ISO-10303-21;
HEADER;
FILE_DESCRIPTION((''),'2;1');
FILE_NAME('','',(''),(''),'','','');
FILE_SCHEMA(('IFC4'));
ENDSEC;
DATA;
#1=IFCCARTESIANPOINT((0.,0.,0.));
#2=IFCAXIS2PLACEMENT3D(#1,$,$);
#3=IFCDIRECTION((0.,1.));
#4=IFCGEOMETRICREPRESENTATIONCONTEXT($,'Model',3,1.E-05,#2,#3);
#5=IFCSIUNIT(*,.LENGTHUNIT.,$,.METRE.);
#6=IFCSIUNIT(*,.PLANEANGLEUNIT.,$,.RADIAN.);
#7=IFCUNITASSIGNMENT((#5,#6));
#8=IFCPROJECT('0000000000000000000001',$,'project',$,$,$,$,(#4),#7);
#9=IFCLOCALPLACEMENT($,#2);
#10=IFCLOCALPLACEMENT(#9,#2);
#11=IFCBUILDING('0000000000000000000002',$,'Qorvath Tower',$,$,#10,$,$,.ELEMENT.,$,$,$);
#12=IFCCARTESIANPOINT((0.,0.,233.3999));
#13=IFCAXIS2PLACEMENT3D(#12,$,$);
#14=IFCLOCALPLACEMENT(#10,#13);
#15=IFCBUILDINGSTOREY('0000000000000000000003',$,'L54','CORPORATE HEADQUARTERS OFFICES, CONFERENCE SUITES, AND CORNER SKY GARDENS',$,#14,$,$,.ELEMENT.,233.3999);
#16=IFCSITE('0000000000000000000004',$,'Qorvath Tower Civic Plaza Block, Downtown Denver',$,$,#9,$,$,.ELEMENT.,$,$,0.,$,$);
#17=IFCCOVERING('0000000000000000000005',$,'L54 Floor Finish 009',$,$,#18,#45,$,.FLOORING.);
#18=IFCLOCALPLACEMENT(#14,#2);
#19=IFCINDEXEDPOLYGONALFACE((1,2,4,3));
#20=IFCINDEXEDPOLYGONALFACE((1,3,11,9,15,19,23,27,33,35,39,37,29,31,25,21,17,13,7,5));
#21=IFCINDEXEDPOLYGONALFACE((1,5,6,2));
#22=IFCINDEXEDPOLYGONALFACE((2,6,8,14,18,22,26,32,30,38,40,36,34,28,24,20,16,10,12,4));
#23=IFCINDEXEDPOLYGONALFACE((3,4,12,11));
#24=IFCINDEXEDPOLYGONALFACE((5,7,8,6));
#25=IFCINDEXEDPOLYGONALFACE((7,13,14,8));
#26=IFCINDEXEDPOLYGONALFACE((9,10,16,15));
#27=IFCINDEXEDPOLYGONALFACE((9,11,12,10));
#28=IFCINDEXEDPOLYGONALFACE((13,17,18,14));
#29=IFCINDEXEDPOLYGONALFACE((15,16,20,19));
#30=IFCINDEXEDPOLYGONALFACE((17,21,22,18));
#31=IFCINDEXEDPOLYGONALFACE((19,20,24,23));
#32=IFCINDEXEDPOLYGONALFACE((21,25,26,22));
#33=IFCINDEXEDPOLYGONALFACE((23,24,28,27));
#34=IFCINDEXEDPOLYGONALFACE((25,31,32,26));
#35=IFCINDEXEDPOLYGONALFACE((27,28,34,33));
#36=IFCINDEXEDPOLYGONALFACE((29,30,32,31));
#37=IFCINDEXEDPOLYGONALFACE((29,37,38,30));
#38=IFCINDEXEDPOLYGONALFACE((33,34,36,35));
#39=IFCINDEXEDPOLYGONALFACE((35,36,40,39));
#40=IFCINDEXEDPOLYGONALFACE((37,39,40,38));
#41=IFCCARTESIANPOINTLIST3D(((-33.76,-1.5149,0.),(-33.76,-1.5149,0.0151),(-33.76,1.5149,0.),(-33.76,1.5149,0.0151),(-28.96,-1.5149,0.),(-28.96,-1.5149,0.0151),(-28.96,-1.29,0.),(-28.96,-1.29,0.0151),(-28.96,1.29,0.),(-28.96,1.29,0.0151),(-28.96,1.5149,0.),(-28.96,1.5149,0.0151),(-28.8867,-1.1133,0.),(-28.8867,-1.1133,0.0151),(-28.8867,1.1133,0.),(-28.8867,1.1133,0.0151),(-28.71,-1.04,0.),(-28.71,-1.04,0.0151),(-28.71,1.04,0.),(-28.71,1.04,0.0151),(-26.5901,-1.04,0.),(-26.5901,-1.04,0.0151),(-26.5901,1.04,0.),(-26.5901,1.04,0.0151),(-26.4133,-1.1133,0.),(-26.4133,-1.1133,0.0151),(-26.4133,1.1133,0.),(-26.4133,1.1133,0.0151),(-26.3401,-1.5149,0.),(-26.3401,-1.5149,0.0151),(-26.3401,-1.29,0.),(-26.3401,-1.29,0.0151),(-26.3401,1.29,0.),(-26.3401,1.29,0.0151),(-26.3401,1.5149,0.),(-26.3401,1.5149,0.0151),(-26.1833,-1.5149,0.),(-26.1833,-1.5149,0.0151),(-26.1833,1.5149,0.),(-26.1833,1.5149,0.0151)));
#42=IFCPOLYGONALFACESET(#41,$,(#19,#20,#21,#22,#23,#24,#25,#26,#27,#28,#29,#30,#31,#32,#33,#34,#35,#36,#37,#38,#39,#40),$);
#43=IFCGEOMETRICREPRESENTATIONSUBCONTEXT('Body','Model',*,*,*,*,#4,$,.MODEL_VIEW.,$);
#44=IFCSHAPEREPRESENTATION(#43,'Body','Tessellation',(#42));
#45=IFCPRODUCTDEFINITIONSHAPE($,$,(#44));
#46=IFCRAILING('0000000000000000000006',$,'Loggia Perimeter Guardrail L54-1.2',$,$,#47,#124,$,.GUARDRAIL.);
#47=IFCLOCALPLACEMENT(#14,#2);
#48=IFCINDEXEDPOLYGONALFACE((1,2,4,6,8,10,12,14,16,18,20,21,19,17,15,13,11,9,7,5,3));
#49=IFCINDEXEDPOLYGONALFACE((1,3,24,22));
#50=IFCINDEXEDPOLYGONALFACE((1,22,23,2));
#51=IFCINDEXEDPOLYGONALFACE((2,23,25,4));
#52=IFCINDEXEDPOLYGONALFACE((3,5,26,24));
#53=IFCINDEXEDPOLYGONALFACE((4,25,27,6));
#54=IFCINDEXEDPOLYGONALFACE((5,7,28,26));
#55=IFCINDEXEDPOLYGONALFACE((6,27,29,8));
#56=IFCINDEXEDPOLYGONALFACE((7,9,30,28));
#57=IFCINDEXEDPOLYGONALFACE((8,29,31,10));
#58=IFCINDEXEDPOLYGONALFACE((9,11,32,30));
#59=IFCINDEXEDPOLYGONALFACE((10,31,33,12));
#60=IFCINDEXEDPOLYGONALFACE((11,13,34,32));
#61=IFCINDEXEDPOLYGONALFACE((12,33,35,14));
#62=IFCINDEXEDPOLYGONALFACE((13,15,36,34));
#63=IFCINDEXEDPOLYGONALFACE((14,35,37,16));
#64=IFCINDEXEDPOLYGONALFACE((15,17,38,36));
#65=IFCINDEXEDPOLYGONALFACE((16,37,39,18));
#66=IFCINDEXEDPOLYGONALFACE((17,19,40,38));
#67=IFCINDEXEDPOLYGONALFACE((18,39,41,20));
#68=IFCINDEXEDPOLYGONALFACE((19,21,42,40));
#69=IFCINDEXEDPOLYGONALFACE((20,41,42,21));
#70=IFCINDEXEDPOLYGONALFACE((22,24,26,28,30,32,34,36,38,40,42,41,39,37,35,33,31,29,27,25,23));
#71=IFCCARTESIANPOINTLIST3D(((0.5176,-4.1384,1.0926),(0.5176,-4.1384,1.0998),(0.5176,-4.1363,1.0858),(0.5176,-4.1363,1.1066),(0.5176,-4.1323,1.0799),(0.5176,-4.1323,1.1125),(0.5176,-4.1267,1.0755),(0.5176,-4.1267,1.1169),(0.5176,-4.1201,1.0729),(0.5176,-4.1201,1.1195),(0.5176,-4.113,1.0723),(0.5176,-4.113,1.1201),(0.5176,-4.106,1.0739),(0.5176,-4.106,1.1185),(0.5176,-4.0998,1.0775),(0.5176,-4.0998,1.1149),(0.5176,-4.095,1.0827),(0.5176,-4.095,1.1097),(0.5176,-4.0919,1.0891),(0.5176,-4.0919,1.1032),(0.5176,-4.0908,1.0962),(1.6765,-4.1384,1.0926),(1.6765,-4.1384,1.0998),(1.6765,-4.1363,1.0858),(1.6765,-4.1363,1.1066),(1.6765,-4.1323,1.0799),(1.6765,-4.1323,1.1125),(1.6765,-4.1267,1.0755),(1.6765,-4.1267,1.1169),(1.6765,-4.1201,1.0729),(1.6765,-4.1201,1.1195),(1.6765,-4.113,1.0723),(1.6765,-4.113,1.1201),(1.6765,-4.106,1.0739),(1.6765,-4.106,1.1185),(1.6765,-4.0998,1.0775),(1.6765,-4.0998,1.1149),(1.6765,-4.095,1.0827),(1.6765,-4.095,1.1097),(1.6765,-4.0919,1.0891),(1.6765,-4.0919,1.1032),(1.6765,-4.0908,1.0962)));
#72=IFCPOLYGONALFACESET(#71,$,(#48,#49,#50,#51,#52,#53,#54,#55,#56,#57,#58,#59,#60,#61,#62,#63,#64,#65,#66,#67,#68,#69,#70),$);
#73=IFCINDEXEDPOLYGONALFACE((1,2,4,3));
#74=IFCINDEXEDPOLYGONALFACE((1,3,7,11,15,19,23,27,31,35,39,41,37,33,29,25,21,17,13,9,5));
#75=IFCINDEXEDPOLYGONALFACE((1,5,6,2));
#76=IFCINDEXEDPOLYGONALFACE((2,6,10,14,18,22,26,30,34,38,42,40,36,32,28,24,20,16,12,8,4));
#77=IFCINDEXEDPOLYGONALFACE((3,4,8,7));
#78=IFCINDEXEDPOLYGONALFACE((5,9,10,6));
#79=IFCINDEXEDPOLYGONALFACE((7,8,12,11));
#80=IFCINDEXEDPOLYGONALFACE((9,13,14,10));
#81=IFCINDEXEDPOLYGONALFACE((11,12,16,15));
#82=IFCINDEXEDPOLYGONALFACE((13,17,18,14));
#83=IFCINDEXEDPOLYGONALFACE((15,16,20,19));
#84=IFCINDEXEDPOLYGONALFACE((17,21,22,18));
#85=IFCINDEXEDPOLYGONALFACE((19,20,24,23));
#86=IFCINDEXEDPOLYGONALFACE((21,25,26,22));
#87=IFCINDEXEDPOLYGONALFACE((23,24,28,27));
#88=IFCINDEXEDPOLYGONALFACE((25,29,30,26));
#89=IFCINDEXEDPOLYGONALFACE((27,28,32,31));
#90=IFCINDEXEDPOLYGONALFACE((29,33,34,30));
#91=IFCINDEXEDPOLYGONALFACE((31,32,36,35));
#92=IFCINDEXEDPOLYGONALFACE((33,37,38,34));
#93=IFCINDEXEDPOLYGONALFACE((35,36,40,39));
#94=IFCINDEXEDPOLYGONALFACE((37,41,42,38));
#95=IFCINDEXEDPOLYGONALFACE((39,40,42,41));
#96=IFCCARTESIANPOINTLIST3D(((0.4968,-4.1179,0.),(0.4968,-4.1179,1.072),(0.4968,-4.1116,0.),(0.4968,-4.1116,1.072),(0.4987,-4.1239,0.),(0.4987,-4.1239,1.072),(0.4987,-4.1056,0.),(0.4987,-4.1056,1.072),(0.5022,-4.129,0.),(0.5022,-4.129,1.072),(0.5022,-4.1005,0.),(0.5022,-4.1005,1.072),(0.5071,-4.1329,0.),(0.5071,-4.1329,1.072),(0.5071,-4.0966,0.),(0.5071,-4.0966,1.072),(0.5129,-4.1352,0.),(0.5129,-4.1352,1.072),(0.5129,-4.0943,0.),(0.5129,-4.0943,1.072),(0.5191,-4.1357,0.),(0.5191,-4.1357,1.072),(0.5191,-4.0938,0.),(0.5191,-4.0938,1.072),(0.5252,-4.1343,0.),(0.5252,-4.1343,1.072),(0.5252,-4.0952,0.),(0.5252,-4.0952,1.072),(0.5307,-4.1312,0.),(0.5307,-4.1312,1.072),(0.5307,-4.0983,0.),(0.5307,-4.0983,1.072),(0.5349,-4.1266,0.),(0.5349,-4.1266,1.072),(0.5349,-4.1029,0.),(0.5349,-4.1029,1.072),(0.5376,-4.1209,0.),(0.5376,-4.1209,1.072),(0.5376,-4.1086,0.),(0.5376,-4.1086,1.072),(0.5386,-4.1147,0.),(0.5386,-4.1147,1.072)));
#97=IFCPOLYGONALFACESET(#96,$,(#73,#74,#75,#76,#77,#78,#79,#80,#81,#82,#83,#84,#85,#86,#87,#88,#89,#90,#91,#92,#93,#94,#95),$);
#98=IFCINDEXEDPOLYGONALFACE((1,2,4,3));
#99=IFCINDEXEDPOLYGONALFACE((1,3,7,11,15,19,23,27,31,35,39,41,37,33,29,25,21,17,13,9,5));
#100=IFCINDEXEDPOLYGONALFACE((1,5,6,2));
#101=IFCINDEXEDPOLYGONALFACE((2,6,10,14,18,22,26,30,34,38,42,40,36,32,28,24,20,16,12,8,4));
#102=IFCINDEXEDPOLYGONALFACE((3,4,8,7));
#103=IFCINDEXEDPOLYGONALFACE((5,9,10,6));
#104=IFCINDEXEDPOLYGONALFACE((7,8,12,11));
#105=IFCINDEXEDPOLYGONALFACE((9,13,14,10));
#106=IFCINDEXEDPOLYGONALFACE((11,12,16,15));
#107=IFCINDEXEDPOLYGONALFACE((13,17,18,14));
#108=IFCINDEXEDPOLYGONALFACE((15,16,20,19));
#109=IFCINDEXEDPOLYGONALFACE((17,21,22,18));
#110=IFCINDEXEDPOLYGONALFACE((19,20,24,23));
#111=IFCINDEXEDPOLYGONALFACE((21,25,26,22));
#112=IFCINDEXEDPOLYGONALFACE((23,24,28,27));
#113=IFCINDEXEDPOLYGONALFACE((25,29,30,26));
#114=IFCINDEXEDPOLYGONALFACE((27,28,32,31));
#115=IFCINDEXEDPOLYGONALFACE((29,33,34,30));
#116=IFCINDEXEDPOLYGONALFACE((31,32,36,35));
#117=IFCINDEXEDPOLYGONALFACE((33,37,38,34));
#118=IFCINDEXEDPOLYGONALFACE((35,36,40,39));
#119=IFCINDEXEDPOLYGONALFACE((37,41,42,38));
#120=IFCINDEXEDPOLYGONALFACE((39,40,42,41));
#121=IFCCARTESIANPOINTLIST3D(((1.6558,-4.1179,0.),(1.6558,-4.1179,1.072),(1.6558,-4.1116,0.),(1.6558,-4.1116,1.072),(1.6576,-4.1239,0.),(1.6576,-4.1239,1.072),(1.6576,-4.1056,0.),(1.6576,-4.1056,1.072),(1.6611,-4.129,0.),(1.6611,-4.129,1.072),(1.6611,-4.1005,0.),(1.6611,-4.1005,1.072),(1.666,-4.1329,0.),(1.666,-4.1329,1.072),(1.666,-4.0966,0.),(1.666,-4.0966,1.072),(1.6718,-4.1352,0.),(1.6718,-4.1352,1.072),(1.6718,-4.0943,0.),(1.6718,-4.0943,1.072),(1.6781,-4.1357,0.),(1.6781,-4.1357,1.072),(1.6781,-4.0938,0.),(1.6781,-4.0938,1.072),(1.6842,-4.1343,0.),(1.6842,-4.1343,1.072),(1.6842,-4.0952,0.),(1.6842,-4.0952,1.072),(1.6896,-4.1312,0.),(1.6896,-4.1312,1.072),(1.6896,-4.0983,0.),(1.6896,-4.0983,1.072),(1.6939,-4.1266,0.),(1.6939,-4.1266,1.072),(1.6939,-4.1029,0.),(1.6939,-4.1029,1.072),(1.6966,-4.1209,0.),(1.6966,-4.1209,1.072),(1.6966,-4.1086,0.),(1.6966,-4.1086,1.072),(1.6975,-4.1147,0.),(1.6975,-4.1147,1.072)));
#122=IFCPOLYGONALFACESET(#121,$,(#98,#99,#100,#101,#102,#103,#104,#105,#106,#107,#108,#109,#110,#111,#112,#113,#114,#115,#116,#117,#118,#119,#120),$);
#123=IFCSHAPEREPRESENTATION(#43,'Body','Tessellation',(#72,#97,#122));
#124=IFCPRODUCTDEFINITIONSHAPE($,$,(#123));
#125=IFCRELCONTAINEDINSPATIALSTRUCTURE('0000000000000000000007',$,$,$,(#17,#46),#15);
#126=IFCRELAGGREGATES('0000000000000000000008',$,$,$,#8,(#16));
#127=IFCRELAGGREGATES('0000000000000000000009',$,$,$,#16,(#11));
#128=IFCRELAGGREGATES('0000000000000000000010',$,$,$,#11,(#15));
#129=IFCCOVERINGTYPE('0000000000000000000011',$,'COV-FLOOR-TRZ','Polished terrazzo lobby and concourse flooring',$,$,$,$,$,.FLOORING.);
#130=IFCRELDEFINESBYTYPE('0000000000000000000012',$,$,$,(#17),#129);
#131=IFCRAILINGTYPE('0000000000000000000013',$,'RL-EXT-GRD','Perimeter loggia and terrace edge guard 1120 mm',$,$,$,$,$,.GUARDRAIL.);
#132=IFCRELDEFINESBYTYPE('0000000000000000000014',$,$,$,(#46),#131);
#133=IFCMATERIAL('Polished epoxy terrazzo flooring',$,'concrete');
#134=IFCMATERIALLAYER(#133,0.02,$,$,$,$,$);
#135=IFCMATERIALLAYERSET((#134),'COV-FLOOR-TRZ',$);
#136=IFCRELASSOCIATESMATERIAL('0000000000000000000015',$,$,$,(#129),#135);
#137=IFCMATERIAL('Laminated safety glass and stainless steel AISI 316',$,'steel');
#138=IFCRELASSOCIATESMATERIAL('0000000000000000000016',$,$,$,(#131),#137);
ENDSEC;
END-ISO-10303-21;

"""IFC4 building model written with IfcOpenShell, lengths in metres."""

from ifc_helpers import new_model, si_unit, direction, frame, origin, origin_2d, place, context, subcontext, project, spatial, polyline, circle, outline, extrude, material, layer, layer_set, type_object, element, save


model = new_model("IFC4")

# Units and contexts
model_context = context("Model", 3, precision=1e-05, world=origin(), true_north=direction((0.0, 1.0)))
body_context = subcontext(model_context, "Body", "Model", "MODEL_VIEW")
ifc_project = project(units=[si_unit("LENGTHUNIT", "METRE"), si_unit("PLANEANGLEUNIT", "RADIAN")], contexts=[model_context])

# Site, building, storey
site_placement = place(None, origin())
site = spatial("IfcSite", under=ifc_project, at=site_placement, Name="Qorvath Tower Civic Plaza Block, Downtown Denver", CompositionType="ELEMENT", RefElevation=0.0)
building_placement = place(site_placement, origin())
building = spatial("IfcBuilding", under=site, at=building_placement, Name="Qorvath Tower", CompositionType="ELEMENT")
storey_placement = place(building_placement, frame((0.0, 0.0, 233.3999)))
storey = spatial("IfcBuildingStorey", under=building, at=storey_placement, Name="L54", Description="CORPORATE HEADQUARTERS OFFICES, CONFERENCE SUITES, AND CORNER SKY GARDENS", CompositionType="ELEMENT", Elevation=233.3999)

# Covering
ifc_material_1 = material(Name="Polished epoxy terrazzo flooring", Category="concrete")
ifc_layer_1 = layer(ifc_material_1, 0.02)
ifc_layer_set_1 = layer_set([ifc_layer_1], Name="COV-FLOOR-TRZ")
covering_type_1 = type_object("IfcCoveringType", Name="COV-FLOOR-TRZ", Description="Polished terrazzo lobby and concourse flooring", PredefinedType="FLOORING", material=ifc_layer_set_1)
covering_1_placement = place(storey_placement, origin())
element("IfcCovering", 1, at=covering_1_placement, inside=storey, type_object=covering_type_1, Name="L54 Floor Finish 009", PredefinedType="FLOORING", context=body_context, shape_type="SweptSolid", body=[
    extrude(outline(polyline([(-26.1833, -1.5149), (-26.1833, 1.5149), (-26.3401, 1.5149), (-26.3401, 1.29), (-26.4133, 1.1133), (-26.5901, 1.04), (-28.71, 1.04), (-28.8867, 1.1133), (-28.96, 1.29), (-28.96, 1.5149), (-33.76, 1.5149), (-33.76, -1.5149), (-28.96, -1.5149), (-28.96, -1.29), (-28.8867, -1.1133), (-28.71, -1.04), (-26.5901, -1.04), (-26.4133, -1.1133), (-26.3401, -1.29), (-26.3401, -1.5149), (-26.1833, -1.5149)])), origin(), (0.0, 0.0, 1.0), 0.0151),
])

# Railing
ifc_material_2 = material(Name="Laminated safety glass and stainless steel AISI 316", Category="steel")
railing_type = type_object("IfcRailingType", Name="RL-EXT-GRD", Description="Perimeter loggia and terrace edge guard 1120 mm", PredefinedType="GUARDRAIL", material=ifc_material_2)
railing_1_placement = place(storey_placement, frame((0.5176, -4.1147, 0.0)))
element("IfcRailing", 2, at=railing_1_placement, inside=storey, type_object=railing_type, Name="Loggia Perimeter Guardrail L54-1.2", PredefinedType="GUARDRAIL", context=body_context, shape_type="SweptSolid", body=[
    extrude(circle(Radius=0.0239, at=origin_2d()), frame((0.0, 0.0, 1.0962), z_axis=(1.0, 0.0, 0.0), x_axis=(0.0, 1.0, 0.0)), (0.0, 0.0, 1.0), 1.1589),
    extrude(circle(Radius=0.021, at=origin_2d()), origin(), (0.0, 0.0, 1.0), 1.072),
    extrude(circle(Radius=0.021, at=origin_2d()), frame((1.1589, 0.0, 0.0)), (0.0, 0.0, 1.0), 1.072),
])

save(model, "model.ifc")
